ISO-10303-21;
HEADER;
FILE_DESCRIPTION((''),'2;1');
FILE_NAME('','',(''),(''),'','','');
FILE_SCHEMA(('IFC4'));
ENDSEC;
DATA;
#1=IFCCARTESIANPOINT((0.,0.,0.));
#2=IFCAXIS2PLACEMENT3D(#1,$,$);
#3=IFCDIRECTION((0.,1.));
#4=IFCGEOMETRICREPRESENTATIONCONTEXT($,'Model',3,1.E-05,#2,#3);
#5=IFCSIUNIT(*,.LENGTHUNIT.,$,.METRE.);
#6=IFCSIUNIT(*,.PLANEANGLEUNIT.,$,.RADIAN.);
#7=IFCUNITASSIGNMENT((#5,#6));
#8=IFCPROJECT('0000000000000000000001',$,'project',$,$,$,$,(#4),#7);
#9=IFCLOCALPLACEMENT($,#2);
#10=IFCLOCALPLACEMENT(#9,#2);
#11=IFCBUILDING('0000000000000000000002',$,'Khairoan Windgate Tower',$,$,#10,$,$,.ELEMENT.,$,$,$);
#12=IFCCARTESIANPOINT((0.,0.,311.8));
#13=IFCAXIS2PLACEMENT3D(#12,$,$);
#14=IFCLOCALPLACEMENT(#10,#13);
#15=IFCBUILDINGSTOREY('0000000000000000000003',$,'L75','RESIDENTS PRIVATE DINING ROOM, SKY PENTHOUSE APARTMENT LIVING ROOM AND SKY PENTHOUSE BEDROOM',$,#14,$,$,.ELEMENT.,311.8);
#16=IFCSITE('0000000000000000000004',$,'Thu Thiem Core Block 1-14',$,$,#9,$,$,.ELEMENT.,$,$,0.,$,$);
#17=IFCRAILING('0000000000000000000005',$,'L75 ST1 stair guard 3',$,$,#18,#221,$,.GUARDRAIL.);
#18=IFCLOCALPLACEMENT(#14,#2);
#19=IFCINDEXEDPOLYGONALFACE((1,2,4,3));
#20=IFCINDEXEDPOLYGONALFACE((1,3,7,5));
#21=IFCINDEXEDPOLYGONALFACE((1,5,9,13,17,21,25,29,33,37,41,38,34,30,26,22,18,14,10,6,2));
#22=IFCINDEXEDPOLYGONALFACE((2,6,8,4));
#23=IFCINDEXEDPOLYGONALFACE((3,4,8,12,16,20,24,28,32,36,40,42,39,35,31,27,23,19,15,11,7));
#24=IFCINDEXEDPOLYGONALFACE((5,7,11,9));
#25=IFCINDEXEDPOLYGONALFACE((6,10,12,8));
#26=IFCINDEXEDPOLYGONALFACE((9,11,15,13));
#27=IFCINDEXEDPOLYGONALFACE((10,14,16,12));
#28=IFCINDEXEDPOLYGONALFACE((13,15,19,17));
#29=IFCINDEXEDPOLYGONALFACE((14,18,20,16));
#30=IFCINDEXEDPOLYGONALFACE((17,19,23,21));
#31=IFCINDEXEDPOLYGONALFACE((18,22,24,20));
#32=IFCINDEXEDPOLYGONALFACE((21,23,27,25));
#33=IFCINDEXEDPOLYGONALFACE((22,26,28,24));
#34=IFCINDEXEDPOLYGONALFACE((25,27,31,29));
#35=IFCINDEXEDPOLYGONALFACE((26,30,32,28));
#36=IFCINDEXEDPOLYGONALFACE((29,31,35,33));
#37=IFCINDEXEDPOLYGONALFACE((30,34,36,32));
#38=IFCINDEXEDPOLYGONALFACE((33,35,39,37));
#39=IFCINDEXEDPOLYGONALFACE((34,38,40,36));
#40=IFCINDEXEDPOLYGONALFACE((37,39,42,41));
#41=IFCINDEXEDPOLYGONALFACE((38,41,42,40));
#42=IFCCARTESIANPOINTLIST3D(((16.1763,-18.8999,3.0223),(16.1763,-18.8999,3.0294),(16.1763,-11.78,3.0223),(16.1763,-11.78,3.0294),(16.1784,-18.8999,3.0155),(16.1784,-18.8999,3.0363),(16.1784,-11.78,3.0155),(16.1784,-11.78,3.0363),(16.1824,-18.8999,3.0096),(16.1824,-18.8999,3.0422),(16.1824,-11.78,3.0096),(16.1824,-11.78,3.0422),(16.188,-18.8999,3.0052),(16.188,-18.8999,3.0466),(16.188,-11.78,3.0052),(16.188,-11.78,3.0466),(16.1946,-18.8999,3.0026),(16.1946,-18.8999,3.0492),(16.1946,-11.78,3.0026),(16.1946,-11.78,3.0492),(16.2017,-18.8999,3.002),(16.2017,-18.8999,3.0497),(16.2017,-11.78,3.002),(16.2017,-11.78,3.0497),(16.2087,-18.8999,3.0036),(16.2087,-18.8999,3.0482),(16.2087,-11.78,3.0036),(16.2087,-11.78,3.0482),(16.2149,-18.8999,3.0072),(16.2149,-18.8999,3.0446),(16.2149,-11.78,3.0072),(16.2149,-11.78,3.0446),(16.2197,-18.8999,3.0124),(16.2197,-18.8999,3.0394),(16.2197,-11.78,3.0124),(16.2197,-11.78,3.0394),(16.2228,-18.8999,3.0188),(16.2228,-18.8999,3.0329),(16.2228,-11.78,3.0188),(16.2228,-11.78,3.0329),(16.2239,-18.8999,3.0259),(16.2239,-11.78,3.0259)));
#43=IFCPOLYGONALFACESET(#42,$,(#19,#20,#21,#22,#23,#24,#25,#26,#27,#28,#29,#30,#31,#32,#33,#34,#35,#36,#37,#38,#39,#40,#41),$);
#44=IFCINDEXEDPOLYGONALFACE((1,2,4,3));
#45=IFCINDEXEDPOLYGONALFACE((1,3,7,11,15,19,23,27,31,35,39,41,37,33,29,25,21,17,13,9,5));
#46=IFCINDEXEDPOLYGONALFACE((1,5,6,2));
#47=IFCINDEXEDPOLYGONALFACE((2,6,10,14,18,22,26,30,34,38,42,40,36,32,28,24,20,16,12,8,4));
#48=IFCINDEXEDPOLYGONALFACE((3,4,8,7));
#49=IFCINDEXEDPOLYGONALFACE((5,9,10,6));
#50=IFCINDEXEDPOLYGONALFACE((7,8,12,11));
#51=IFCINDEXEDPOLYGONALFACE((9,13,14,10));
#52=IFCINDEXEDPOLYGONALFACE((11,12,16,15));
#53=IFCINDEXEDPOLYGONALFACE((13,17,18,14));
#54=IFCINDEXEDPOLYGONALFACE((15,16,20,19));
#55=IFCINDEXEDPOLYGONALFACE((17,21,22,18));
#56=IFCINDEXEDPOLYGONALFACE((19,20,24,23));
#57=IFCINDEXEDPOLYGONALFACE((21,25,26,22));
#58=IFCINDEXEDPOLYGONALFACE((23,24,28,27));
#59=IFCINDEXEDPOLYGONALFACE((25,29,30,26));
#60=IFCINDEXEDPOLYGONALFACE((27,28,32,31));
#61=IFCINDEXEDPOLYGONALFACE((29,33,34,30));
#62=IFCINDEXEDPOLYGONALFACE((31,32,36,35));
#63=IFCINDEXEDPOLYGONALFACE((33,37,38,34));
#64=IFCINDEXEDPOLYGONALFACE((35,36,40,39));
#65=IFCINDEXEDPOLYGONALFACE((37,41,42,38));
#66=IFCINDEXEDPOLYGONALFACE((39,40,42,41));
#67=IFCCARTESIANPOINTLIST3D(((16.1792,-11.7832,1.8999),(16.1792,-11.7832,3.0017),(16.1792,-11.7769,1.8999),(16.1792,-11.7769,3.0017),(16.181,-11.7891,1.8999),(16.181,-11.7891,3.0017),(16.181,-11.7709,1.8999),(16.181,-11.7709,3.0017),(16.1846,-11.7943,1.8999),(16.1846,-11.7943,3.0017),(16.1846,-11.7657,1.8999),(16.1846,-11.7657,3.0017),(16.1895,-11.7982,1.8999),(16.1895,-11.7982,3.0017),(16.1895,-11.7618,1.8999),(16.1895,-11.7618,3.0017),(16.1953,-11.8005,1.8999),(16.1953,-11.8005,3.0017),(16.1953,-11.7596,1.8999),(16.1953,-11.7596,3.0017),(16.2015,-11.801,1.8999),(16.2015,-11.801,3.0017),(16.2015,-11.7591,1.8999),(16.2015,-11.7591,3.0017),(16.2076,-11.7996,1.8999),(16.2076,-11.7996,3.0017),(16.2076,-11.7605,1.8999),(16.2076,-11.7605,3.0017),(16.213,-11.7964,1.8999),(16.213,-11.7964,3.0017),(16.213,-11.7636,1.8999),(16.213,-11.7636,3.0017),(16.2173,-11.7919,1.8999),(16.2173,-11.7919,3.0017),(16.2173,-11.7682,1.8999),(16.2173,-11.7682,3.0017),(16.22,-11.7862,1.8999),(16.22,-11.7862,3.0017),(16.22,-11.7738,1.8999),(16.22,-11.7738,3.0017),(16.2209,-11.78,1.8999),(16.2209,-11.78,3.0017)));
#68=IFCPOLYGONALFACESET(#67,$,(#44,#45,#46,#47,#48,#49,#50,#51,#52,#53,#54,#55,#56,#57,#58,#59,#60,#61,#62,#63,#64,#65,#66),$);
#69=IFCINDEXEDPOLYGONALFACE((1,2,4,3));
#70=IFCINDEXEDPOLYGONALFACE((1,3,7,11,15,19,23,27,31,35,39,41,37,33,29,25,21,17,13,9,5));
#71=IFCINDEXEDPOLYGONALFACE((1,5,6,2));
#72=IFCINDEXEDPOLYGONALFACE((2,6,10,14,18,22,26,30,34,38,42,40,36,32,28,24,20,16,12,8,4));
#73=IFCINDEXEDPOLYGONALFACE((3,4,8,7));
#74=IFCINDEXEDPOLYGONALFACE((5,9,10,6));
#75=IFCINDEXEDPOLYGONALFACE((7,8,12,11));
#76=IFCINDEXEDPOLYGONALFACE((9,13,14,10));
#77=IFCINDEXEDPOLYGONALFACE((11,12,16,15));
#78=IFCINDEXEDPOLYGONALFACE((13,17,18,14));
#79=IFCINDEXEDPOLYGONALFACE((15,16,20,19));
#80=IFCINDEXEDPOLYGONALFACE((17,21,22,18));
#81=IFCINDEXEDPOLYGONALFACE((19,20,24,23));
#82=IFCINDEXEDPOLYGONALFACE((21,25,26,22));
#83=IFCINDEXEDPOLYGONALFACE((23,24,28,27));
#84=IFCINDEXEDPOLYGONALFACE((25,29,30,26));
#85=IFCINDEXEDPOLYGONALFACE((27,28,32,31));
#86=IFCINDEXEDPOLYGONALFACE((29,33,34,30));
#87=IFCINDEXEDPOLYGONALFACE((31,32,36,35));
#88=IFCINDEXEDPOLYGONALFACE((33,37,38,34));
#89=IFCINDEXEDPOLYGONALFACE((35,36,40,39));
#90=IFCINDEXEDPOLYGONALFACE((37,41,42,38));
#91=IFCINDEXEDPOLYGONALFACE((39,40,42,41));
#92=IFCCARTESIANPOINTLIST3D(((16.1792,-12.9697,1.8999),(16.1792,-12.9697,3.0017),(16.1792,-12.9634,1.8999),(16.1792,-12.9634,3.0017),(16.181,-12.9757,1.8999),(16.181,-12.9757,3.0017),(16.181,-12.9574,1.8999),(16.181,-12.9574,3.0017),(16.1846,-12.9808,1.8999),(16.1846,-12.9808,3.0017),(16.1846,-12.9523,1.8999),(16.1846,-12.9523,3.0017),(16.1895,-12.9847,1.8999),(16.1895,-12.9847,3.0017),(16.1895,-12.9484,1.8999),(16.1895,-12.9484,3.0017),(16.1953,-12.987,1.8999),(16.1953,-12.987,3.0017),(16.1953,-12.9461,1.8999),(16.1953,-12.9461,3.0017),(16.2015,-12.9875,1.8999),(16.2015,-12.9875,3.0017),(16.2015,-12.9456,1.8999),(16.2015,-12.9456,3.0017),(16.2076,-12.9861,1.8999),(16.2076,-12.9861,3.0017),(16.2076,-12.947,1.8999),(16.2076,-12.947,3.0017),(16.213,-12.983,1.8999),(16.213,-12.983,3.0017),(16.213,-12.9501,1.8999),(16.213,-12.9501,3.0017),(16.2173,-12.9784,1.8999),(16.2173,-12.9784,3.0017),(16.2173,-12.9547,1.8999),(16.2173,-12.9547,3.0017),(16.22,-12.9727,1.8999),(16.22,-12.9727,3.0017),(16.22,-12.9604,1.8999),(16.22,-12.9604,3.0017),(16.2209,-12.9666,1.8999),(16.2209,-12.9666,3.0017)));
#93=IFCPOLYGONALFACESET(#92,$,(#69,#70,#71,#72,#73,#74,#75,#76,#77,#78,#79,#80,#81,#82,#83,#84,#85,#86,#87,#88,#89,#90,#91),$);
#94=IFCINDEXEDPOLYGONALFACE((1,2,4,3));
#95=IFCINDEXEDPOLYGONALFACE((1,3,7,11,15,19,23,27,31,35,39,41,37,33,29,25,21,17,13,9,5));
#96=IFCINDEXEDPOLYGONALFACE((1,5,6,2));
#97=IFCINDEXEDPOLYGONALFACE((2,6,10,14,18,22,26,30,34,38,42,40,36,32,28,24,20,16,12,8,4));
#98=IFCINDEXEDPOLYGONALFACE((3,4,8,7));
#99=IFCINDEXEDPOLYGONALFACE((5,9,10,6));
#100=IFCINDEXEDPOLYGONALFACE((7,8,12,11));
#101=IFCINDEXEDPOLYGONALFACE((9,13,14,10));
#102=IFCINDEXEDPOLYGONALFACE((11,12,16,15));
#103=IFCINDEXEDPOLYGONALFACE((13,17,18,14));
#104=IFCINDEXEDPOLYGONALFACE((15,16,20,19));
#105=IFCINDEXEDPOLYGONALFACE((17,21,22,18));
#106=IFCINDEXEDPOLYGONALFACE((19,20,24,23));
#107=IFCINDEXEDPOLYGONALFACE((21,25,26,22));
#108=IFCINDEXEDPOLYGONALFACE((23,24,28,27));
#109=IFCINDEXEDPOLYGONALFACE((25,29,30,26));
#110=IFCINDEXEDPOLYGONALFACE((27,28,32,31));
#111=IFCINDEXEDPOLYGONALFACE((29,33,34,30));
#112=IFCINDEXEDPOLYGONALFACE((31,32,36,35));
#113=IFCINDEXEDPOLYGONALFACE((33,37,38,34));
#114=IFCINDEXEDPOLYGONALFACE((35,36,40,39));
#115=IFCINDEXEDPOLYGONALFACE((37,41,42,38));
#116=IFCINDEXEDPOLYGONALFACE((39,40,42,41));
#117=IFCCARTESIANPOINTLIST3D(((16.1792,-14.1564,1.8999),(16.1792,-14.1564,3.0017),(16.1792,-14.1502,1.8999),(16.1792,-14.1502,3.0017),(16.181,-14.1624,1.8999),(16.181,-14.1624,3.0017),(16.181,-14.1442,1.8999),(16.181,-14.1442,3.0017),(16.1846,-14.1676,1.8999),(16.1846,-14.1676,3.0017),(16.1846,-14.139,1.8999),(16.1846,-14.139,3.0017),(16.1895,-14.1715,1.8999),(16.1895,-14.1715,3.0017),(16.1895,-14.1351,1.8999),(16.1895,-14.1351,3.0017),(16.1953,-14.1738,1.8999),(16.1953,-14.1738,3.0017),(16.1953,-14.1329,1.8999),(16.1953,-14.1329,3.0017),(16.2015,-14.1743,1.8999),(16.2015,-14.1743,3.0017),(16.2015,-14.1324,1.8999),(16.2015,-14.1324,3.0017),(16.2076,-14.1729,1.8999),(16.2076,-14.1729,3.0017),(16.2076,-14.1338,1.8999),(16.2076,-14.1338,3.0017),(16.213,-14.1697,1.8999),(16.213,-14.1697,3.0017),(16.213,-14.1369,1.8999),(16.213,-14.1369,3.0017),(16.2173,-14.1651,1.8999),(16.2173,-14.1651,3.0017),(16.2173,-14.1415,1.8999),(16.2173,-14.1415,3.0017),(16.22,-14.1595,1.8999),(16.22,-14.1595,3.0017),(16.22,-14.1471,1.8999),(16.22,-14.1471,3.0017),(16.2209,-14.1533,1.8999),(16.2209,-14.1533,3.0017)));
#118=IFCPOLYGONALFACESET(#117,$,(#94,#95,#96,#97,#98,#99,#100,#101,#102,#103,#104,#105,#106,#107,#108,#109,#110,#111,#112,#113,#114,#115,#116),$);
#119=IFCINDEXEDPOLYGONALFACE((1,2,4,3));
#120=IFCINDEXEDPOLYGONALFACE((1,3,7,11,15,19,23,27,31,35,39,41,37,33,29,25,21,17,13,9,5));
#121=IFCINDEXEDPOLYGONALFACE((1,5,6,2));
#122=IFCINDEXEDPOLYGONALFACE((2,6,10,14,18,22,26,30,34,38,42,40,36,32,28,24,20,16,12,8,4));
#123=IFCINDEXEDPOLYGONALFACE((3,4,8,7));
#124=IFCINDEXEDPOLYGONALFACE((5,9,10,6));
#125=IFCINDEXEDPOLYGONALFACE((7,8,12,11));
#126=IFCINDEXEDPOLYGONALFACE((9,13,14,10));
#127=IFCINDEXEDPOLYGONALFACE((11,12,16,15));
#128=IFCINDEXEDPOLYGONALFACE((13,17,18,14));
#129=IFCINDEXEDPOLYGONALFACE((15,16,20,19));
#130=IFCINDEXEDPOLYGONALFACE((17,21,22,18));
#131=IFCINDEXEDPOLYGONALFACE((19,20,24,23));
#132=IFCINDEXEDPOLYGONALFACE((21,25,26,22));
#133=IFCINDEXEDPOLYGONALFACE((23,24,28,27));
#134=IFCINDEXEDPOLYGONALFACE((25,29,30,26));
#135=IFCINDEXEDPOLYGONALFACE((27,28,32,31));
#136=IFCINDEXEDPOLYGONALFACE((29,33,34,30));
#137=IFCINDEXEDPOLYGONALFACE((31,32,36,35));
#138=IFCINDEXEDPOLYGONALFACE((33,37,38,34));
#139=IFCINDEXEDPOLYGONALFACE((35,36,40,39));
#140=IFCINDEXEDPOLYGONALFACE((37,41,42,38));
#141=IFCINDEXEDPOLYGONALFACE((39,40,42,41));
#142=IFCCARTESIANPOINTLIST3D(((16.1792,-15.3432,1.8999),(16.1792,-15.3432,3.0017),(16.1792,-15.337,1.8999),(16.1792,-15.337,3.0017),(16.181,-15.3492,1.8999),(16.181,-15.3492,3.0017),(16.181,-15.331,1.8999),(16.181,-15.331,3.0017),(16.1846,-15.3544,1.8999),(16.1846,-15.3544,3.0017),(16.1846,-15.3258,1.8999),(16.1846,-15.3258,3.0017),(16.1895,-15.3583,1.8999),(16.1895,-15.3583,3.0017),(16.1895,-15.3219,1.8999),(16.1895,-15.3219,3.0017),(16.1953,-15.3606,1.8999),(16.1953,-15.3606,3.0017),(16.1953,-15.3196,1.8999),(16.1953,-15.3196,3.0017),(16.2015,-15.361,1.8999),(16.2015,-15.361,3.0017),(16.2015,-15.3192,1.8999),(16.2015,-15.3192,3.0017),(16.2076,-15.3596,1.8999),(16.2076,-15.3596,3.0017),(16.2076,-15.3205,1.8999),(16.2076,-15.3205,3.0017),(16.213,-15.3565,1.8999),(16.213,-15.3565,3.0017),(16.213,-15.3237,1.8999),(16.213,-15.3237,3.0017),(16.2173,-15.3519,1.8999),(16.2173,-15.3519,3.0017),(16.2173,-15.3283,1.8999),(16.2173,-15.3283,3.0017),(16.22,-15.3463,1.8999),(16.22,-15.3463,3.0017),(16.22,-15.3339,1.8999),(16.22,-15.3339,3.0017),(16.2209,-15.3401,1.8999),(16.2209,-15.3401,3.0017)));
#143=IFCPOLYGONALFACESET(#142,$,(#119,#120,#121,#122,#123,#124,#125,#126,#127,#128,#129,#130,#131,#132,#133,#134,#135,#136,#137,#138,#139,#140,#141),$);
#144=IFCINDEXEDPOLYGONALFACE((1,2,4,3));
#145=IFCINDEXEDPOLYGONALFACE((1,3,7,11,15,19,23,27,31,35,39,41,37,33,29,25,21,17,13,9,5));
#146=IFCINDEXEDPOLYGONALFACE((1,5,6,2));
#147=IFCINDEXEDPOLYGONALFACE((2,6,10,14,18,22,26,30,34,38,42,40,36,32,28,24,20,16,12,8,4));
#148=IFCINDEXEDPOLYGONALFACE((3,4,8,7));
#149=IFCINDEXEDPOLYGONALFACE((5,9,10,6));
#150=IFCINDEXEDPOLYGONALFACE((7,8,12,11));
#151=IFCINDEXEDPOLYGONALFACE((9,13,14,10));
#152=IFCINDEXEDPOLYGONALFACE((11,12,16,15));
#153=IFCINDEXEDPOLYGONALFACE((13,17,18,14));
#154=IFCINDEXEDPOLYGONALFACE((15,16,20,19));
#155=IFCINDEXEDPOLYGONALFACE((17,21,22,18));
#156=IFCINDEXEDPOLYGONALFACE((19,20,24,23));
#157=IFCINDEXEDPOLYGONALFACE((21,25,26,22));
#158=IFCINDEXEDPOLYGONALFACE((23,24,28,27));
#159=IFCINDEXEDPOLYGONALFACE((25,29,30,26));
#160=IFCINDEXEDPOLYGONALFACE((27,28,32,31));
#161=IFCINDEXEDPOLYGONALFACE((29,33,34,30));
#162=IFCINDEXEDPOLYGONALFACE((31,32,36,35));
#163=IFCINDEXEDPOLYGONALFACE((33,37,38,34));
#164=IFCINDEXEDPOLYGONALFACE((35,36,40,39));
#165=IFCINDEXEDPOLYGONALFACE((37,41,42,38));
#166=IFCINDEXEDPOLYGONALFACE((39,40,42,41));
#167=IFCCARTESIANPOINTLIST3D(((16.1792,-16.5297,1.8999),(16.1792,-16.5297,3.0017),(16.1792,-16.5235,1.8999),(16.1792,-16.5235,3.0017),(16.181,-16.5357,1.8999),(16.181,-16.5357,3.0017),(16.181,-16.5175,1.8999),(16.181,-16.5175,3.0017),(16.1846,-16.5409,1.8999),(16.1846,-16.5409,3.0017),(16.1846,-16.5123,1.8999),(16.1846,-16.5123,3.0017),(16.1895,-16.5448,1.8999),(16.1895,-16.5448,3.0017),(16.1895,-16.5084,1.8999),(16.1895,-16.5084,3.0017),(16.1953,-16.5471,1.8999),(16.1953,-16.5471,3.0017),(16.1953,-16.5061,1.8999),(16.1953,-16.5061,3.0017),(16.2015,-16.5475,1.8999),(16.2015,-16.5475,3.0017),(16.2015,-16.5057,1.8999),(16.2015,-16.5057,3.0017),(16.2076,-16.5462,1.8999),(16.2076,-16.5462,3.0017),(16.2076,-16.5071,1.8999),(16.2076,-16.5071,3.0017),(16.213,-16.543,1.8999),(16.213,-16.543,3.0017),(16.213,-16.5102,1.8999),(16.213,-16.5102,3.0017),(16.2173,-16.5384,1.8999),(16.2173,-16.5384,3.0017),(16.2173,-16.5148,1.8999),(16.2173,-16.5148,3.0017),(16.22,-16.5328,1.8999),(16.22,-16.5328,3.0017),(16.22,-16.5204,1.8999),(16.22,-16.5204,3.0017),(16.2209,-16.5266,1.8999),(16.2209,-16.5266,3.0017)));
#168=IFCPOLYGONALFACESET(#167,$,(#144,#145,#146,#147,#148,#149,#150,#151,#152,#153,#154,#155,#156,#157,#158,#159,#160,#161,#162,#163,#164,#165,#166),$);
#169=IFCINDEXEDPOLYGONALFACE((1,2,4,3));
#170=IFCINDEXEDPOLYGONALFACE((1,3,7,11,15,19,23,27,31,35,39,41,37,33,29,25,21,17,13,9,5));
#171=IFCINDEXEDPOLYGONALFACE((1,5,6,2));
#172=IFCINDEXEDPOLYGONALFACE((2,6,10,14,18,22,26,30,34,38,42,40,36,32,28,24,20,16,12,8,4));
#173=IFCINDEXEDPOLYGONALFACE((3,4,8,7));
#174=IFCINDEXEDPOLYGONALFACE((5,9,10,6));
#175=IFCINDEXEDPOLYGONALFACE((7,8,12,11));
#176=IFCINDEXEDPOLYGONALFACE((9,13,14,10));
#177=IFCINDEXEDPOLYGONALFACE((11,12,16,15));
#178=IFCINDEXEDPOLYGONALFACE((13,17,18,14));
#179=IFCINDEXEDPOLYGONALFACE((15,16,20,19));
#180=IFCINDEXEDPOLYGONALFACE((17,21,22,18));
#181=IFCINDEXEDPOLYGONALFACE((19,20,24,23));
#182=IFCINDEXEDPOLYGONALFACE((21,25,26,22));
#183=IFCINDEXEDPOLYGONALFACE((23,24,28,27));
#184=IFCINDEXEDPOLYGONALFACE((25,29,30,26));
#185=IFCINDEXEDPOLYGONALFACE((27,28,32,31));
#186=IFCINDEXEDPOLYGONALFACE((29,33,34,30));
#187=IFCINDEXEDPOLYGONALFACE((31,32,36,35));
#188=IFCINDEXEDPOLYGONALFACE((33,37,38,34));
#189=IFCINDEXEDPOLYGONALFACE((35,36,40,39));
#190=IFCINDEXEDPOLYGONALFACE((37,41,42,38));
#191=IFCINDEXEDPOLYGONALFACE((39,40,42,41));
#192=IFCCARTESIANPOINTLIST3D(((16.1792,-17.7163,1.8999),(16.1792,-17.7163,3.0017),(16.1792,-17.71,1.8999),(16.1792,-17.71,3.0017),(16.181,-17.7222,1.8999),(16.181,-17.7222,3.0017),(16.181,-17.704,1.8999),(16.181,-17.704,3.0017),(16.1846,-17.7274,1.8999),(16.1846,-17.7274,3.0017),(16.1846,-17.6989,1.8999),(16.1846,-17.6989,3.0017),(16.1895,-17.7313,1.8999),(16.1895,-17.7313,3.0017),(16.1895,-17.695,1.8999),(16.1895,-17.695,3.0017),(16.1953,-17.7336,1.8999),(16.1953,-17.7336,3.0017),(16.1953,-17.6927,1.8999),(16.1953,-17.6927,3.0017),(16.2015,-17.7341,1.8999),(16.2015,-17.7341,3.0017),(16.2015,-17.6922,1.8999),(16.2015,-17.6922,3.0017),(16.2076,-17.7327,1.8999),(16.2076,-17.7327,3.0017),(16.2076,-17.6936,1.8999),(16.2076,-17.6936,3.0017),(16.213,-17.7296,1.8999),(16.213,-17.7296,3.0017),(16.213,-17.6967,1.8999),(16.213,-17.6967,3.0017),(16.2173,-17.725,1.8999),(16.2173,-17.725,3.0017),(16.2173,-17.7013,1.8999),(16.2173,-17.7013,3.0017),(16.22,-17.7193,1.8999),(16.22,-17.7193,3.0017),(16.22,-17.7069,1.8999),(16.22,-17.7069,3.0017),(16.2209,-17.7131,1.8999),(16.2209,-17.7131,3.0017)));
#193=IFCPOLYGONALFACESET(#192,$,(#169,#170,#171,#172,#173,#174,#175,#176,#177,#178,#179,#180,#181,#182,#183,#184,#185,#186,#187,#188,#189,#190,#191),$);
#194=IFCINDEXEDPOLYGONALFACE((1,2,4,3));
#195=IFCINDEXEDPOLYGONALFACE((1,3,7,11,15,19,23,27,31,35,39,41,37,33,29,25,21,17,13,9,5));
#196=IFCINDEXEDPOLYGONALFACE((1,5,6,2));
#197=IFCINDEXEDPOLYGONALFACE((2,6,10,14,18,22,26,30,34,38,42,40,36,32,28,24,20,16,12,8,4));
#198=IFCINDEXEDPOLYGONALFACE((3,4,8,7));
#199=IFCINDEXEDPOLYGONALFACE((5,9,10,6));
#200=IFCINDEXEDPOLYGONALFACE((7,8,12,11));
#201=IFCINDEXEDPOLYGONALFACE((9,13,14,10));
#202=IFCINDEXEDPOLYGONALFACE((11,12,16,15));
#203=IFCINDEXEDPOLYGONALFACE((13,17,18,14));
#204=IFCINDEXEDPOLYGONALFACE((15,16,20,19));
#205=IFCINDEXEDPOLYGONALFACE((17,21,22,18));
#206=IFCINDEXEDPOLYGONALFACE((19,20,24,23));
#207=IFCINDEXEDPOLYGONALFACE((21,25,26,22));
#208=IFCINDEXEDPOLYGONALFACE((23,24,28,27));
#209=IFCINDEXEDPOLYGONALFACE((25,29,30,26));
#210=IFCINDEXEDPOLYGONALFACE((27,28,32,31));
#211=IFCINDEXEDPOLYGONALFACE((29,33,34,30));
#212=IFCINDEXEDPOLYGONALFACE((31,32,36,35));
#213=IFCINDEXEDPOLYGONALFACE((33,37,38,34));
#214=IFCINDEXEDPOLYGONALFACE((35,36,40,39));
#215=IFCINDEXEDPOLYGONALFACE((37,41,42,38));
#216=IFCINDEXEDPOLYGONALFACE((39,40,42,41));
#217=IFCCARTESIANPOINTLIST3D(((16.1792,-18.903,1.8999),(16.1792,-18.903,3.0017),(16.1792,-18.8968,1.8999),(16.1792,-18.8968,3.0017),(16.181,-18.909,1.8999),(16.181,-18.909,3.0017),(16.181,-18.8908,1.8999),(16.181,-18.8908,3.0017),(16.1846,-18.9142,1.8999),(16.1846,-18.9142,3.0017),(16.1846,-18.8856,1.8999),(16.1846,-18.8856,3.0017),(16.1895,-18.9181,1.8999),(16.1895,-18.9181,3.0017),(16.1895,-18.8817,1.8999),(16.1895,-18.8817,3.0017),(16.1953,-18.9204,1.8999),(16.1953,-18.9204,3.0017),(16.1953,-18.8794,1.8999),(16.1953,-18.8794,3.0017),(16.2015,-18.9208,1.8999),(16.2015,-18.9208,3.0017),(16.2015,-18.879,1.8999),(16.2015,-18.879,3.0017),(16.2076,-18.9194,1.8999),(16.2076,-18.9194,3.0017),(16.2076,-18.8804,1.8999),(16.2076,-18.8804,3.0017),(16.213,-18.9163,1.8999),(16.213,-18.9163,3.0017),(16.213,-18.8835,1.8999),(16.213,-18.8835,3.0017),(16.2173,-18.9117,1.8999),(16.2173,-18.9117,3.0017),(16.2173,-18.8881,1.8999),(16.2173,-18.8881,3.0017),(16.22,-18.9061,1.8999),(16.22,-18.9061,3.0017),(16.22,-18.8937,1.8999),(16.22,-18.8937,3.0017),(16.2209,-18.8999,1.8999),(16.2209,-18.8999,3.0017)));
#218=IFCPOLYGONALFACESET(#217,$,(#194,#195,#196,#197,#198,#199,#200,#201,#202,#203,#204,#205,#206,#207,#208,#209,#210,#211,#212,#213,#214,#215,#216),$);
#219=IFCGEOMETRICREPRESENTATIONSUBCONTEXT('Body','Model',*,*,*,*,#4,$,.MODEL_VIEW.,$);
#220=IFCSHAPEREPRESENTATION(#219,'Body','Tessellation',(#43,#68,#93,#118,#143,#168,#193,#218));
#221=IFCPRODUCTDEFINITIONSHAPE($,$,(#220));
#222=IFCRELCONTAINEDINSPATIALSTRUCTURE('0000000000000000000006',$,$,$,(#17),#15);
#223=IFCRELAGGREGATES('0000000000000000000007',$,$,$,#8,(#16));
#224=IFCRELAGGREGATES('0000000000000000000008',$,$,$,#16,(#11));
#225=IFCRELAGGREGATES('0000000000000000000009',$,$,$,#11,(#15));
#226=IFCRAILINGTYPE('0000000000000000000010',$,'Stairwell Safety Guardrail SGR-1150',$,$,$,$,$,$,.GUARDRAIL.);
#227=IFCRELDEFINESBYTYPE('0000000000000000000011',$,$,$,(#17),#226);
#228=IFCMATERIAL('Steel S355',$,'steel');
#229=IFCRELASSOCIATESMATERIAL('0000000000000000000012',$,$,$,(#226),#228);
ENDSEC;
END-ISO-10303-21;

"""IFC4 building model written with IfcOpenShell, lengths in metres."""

from ifc_helpers import new_model, si_unit, direction, frame, origin, origin_2d, place, context, subcontext, project, spatial, circle, extrude, material, type_object, element, save


model = new_model("IFC4")

# Units and contexts
model_context = context("Model", 3, precision=1e-05, world=origin(), true_north=direction((0.0, 1.0)))
body_context = subcontext(model_context, "Body", "Model", "MODEL_VIEW")
ifc_project = project(units=[si_unit("LENGTHUNIT", "METRE"), si_unit("PLANEANGLEUNIT", "RADIAN")], contexts=[model_context])

# Site, building, storey
site_placement = place(None, origin())
site = spatial("IfcSite", under=ifc_project, at=site_placement, Name="Thu Thiem Core Block 1-14", CompositionType="ELEMENT", RefElevation=0.0)
building_placement = place(site_placement, origin())
building = spatial("IfcBuilding", under=site, at=building_placement, Name="Khairoan Windgate Tower", CompositionType="ELEMENT")
storey_placement = place(building_placement, frame((0.0, 0.0, 311.8)))
storey = spatial("IfcBuildingStorey", under=building, at=storey_placement, Name="L75", Description="RESIDENTS PRIVATE DINING ROOM, SKY PENTHOUSE APARTMENT LIVING ROOM AND SKY PENTHOUSE BEDROOM", CompositionType="ELEMENT", Elevation=311.8)

# Railing
ifc_material_1 = material(Name="Steel S355", Category="steel")
railing_type_1 = type_object("IfcRailingType", Name="Stairwell Safety Guardrail SGR-1150", PredefinedType="GUARDRAIL", material=ifc_material_1)
railing_1_placement = place(storey_placement, frame((16.2, -11.78, 1.8999)))
element("IfcRailing", 1, at=railing_1_placement, inside=storey, type_object=railing_type_1, Name="L75 ST1 stair guard 3", PredefinedType="GUARDRAIL", context=body_context, shape_type="SweptSolid", body=[
    extrude(circle(Radius=0.0239, at=origin_2d()), frame((0.0, 0.0, 1.126), z_axis=(0.0, -1.0, 0.0), x_axis=(1.0, 0.0, 0.0)), (0.0, 0.0, 1.0), 7.1199),
    extrude(circle(Radius=0.021, at=origin_2d()), origin(), (0.0, 0.0, 1.0), 1.1018),
    extrude(circle(Radius=0.021, at=origin_2d()), frame((0.0, -1.1865, 0.0)), (0.0, 0.0, 1.0), 1.1018),
    extrude(circle(Radius=0.021, at=origin_2d()), frame((0.0, -2.3733, 0.0)), (0.0, 0.0, 1.0), 1.1018),
    extrude(circle(Radius=0.021, at=origin_2d()), frame((0.0, -3.5601, 0.0)), (0.0, 0.0, 1.0), 1.1018),
    extrude(circle(Radius=0.021, at=origin_2d()), frame((0.0, -4.7466, 0.0)), (0.0, 0.0, 1.0), 1.1018),
    extrude(circle(Radius=0.021, at=origin_2d()), frame((0.0, -5.9331, 0.0)), (0.0, 0.0, 1.0), 1.1018),
    extrude(circle(Radius=0.021, at=origin_2d()), frame((0.0, -7.1199, 0.0)), (0.0, 0.0, 1.0), 1.1018),
])

save(model, "model.ifc")
